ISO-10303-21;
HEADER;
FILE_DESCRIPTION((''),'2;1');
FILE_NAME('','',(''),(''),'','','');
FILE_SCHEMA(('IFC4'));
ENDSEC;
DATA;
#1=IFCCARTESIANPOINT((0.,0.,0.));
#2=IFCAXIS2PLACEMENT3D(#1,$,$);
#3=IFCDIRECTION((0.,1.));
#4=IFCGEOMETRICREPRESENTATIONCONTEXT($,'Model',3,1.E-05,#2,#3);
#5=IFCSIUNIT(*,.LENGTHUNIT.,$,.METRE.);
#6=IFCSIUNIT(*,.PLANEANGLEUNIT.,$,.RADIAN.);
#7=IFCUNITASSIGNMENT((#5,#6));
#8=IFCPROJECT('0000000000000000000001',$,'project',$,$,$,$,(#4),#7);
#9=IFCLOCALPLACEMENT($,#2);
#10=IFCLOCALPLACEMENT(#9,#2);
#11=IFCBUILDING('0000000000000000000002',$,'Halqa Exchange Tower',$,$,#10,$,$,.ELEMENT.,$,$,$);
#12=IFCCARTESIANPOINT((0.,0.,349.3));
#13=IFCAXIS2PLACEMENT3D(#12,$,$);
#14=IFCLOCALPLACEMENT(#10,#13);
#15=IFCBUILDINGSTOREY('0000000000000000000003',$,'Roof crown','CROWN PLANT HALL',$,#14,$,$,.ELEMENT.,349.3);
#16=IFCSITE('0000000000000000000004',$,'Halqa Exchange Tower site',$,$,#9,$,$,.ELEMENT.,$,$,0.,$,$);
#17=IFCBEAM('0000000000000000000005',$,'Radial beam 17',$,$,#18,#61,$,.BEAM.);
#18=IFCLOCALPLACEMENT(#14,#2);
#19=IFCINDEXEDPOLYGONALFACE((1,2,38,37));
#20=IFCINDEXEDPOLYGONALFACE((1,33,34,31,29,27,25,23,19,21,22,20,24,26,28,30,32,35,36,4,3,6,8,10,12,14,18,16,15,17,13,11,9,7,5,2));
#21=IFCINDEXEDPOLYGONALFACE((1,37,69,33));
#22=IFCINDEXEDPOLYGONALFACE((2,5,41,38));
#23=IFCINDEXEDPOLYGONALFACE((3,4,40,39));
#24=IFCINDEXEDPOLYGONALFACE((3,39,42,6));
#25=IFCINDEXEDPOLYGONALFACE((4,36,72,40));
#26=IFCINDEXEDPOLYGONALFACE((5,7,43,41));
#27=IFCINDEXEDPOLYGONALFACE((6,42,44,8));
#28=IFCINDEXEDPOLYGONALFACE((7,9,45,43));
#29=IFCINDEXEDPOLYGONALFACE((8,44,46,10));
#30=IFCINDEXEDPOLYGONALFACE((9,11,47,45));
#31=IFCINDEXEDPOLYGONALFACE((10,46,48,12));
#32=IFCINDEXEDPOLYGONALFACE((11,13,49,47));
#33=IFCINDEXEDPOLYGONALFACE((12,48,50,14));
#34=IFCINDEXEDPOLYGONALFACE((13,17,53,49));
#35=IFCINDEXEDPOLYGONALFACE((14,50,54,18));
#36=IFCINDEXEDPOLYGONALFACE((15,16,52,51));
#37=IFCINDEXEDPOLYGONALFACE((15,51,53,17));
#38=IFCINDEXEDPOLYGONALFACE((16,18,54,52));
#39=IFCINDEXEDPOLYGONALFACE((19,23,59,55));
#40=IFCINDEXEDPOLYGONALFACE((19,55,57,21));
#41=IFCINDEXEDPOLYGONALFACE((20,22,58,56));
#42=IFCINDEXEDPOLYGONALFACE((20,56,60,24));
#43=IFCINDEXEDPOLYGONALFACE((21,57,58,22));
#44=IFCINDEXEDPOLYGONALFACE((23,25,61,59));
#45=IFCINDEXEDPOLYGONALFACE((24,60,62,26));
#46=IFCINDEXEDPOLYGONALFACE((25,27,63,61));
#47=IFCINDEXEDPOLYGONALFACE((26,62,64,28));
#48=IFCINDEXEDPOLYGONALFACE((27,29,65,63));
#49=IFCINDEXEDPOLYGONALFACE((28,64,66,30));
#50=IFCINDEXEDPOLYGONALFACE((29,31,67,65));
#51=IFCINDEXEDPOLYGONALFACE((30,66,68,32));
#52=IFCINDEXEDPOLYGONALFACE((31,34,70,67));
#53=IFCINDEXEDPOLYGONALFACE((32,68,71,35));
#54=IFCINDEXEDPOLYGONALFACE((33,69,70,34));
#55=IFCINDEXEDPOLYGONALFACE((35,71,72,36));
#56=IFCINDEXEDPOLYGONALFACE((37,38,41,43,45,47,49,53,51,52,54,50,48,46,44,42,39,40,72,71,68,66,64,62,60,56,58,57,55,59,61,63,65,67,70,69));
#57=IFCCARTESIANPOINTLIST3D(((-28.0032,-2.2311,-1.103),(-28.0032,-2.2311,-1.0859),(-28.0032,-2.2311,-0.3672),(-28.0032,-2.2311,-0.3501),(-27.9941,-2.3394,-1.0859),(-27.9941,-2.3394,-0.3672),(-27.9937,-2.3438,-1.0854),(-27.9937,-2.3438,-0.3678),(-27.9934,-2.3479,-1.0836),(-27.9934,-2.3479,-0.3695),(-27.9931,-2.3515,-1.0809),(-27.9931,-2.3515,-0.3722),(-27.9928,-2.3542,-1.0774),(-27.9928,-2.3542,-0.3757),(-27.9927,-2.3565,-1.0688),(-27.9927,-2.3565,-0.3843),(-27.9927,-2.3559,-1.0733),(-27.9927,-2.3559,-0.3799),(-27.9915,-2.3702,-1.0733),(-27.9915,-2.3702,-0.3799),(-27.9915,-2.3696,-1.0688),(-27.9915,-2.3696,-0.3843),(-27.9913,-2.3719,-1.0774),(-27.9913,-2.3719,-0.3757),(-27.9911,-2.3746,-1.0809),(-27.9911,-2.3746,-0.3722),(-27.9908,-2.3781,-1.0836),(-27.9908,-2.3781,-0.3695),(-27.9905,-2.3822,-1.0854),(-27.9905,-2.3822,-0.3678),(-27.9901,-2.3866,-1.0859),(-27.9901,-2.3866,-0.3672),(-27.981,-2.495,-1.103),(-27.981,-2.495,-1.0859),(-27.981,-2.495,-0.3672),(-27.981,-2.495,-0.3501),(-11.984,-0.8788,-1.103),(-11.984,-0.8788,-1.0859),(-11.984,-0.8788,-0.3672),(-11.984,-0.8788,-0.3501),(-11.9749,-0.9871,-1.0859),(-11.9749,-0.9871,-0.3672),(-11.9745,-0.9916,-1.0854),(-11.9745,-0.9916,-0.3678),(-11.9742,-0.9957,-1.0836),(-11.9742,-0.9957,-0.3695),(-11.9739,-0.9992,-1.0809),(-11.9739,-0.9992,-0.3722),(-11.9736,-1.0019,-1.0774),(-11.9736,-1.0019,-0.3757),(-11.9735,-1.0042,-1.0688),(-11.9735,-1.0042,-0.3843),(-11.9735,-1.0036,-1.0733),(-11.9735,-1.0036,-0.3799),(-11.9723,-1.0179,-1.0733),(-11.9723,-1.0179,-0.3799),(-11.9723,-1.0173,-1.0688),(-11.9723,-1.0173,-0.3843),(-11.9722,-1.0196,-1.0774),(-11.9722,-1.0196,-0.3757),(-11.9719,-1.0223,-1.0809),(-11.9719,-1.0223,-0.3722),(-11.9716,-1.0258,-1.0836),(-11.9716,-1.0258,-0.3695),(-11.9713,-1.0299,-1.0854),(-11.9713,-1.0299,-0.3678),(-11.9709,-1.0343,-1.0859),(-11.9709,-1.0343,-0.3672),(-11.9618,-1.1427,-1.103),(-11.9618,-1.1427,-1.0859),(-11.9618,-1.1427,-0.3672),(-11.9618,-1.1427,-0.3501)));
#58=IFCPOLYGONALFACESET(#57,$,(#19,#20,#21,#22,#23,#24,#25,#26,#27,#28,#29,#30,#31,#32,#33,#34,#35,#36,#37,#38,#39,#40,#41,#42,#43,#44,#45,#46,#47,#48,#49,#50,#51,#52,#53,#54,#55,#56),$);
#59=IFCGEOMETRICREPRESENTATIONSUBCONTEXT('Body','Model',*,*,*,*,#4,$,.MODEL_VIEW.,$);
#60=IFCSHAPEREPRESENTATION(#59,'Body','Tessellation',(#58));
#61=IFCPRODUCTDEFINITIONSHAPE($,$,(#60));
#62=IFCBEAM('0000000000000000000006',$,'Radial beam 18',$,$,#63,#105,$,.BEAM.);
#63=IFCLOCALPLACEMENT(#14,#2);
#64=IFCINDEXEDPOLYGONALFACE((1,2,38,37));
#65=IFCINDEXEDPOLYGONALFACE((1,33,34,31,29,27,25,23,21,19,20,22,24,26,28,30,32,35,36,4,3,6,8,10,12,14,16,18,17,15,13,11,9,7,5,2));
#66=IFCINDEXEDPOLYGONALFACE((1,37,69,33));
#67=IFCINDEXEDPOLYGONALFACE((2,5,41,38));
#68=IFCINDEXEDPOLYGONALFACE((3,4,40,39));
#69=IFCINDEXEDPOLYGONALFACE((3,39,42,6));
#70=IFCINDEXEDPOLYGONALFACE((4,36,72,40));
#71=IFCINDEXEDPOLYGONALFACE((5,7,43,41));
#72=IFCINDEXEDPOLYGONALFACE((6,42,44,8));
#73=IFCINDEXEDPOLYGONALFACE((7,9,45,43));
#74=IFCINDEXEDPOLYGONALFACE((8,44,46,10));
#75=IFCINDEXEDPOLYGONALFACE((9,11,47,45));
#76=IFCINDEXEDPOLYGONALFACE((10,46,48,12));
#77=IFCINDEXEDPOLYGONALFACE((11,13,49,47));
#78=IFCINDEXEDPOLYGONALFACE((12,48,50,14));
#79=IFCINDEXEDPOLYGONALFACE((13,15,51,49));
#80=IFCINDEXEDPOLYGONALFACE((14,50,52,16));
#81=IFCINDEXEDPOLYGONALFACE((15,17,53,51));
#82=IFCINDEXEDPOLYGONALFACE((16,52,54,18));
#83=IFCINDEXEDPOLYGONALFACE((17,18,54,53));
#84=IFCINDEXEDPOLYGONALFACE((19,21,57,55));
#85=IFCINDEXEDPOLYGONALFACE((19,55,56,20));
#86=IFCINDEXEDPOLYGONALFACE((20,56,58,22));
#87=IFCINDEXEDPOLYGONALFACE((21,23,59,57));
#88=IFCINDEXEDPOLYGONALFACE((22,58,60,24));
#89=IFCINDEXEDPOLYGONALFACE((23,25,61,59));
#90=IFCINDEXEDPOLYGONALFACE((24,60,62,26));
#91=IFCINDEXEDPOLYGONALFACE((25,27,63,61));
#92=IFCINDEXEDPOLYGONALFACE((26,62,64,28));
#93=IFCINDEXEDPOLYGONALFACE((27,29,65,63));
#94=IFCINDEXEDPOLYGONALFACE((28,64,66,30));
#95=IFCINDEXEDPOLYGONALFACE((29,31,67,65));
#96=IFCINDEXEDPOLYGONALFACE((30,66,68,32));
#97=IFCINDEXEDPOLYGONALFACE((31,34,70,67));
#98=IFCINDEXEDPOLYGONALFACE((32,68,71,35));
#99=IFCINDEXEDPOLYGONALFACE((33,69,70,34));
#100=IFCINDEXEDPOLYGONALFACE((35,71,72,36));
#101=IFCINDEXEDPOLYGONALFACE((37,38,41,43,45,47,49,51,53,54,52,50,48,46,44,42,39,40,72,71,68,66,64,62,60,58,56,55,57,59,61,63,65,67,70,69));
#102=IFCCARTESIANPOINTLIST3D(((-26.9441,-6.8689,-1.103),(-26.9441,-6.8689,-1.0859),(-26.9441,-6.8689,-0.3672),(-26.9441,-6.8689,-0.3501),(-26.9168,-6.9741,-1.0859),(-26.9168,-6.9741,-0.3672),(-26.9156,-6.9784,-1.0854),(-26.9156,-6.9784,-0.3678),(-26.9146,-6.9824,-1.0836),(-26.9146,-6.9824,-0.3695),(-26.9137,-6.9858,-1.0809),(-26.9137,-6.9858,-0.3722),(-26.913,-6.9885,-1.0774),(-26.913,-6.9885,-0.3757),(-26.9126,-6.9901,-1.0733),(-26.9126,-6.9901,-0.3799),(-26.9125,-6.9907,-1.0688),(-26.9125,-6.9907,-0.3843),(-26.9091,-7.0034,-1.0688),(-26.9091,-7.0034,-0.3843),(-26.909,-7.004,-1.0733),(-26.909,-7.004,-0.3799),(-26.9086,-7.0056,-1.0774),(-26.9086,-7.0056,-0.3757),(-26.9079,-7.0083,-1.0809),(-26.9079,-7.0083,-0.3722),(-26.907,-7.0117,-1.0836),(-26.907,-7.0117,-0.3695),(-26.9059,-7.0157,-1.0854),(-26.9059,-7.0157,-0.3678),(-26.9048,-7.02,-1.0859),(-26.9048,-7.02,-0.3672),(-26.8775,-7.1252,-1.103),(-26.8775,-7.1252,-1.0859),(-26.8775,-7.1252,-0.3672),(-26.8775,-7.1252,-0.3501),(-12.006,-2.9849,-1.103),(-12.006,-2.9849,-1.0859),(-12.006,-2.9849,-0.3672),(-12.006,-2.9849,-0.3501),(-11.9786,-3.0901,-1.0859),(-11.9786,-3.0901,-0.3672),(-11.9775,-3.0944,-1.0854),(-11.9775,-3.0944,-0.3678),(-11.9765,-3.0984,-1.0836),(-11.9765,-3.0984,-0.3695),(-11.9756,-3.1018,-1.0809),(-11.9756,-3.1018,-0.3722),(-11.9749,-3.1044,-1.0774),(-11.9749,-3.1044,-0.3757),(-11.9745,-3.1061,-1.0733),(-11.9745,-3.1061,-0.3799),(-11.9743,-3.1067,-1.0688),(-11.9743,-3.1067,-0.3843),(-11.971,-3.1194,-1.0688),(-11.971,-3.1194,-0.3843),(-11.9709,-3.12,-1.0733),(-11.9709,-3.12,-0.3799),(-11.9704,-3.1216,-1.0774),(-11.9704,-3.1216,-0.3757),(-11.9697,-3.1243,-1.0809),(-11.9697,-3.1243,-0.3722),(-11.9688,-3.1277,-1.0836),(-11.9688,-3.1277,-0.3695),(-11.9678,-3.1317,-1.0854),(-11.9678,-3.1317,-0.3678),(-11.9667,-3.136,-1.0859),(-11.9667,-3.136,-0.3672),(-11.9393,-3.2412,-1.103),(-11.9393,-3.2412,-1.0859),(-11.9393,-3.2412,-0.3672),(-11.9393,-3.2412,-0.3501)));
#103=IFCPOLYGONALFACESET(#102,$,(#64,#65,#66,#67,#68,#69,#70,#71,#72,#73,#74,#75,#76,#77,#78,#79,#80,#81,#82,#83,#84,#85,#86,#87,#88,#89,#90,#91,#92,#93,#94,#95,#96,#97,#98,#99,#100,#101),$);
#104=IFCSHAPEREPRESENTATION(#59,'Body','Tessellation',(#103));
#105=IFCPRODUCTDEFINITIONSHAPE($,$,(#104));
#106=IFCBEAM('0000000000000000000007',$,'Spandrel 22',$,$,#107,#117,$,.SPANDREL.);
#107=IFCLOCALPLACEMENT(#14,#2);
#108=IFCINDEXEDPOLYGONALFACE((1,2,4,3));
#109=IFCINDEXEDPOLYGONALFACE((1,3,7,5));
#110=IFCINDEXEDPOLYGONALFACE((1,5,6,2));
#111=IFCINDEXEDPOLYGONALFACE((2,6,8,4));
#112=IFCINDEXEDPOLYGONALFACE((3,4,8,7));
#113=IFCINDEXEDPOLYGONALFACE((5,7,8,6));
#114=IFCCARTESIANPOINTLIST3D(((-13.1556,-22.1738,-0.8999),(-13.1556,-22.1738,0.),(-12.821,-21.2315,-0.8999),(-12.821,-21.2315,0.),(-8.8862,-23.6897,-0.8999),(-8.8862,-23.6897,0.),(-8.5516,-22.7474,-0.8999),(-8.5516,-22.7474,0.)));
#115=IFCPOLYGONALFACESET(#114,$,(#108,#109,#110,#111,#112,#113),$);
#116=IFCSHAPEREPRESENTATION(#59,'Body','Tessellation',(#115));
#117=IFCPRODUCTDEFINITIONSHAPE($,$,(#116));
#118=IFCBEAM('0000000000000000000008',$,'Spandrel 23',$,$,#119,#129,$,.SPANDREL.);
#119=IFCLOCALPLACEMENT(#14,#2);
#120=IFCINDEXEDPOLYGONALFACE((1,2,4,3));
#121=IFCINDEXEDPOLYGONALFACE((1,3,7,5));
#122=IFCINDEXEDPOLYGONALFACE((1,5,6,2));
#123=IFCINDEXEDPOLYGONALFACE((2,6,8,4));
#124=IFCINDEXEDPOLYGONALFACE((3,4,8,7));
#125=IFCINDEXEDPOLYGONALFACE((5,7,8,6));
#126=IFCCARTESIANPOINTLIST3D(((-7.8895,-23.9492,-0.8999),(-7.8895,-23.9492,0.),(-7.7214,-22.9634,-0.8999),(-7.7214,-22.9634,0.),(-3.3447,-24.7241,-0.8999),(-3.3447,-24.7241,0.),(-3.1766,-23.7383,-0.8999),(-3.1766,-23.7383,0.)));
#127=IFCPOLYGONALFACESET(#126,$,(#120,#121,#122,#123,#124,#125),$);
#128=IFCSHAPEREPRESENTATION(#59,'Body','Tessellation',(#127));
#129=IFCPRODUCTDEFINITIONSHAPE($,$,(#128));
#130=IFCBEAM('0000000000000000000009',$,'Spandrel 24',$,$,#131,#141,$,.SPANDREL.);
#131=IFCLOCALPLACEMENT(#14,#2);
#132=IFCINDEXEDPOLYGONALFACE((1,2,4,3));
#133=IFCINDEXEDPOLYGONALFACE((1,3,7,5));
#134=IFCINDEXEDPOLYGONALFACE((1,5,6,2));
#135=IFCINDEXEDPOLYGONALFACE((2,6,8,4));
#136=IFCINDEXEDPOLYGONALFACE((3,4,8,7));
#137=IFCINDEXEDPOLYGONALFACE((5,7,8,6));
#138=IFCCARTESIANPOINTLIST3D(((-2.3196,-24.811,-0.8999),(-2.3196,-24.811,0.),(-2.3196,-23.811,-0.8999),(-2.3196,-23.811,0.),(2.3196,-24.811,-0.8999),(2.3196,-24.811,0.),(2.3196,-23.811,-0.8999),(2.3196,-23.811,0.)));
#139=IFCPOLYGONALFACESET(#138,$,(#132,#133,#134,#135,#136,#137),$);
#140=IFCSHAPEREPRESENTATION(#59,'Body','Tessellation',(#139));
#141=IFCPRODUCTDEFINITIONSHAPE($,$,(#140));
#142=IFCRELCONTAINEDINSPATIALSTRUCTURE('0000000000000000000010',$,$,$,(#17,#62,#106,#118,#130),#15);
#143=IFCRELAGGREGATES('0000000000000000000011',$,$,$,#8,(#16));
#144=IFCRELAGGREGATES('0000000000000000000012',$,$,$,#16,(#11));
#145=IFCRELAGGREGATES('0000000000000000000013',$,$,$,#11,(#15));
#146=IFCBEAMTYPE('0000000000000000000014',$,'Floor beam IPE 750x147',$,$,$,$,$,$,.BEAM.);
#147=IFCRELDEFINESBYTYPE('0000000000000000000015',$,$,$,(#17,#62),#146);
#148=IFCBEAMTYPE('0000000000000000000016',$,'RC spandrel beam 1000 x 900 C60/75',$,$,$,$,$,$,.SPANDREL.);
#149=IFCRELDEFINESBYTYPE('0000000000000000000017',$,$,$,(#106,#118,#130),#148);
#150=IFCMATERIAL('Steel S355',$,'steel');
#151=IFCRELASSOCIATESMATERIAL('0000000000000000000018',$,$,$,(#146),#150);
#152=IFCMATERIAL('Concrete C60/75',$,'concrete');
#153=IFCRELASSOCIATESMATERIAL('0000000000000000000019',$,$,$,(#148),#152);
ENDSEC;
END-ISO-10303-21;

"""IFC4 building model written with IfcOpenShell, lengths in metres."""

from ifc_helpers import new_model, si_unit, direction, frame, origin, origin_2d, place, context, subcontext, project, spatial, rectangle, i_section, extrude, material, material_profile, profile_set, type_object, element, save


model = new_model("IFC4")

# Units and contexts
model_context = context("Model", 3, precision=1e-05, world=origin(), true_north=direction((0.0, 1.0)))
body_context = subcontext(model_context, "Body", "Model", "MODEL_VIEW")
ifc_project = project(units=[si_unit("LENGTHUNIT", "METRE"), si_unit("PLANEANGLEUNIT", "RADIAN")], contexts=[model_context])

# Site, building, storey
site_placement = place(None, origin())
site = spatial("IfcSite", under=ifc_project, at=site_placement, Name="Halqa Exchange Tower site", CompositionType="ELEMENT", RefElevation=0.0)
building_placement = place(site_placement, origin())
building = spatial("IfcBuilding", under=site, at=building_placement, Name="Halqa Exchange Tower", CompositionType="ELEMENT")
storey_placement = place(building_placement, frame((0.0, 0.0, 349.3)))
storey = spatial("IfcBuildingStorey", under=building, at=storey_placement, Name="Roof crown", Description="CROWN PLANT HALL", CompositionType="ELEMENT", Elevation=349.3)

# Shared definitions
ifc_material_1 = material(Name="Steel S355", Category="steel")

# Beams
ifc_material_profile_1 = material_profile(ifc_material_1, i_section(OverallWidth=0.2649, OverallDepth=0.7529, WebThickness=0.0132, FlangeThickness=0.0171, FilletRadius=0.0171, at=origin_2d()), Name="IPE 750x147")
ifc_profile_set_1 = profile_set([ifc_material_profile_1], Name="Steel S355")
beam_type_1 = type_object("IfcBeamType", Name="Floor beam IPE 750x147", PredefinedType="BEAM", material=ifc_profile_set_1)
beam_1_placement = place(storey_placement, frame((-11.9729, -1.0107, -0.7266), z_axis=(-0.996456, -0.084117, 0.0), x_axis=(0.084117, -0.996456, 0.0)))
element("IfcBeam", 1, at=beam_1_placement, inside=storey, type_object=beam_type_1, Name="Radial beam 17", PredefinedType="BEAM", context=body_context, shape_type="SweptSolid", body=[
    extrude(i_section(OverallWidth=0.2649, OverallDepth=0.7529, WebThickness=0.0132, FlangeThickness=0.0171, FilletRadius=0.0171, at=origin_2d()), origin(), (0.0, 0.0, 1.0), 16.0762),
])
beam_2_placement = place(storey_placement, frame((-11.9727, -3.113, -0.7266), z_axis=(-0.967821, -0.251639, 0.0), x_axis=(0.251639, -0.967821, 0.0)))
element("IfcBeam", 2, at=beam_2_placement, inside=storey, type_object=beam_type_1, Name="Radial beam 18", PredefinedType="BEAM", context=body_context, shape_type="SweptSolid", body=[
    extrude(i_section(OverallWidth=0.2649, OverallDepth=0.7529, WebThickness=0.0132, FlangeThickness=0.0171, FilletRadius=0.0171, at=origin_2d()), origin(), (0.0, 0.0, 1.0), 15.4348),
])
ifc_material_2 = material(Name="Concrete C60/75", Category="concrete")
ifc_material_profile_2 = material_profile(ifc_material_2, rectangle(XDim=1.0, YDim=0.8999, at=origin_2d()), Name="1000 x 900")
ifc_profile_set_2 = profile_set([ifc_material_profile_2], Name="Concrete C60/75")
beam_type_2 = type_object("IfcBeamType", Name="RC spandrel beam 1000 x 900 C60/75", PredefinedType="SPANDREL", material=ifc_profile_set_2)
beam_3_placement = place(storey_placement, frame((-12.9883, -21.7026, -0.45), z_axis=(0.942361, -0.334598, 0.0), x_axis=(0.334598, 0.942361, 0.0)))
element("IfcBeam", 3, at=beam_3_placement, inside=storey, type_object=beam_type_2, Name="Spandrel 22", PredefinedType="SPANDREL", context=body_context, shape_type="SweptSolid", body=[
    extrude(rectangle(XDim=1.0, YDim=0.8999, at=origin_2d()), origin(), (0.0, 0.0, 1.0), 4.5305),
])
beam_4_placement = place(storey_placement, frame((-7.8054, -23.4563, -0.45), z_axis=(0.985773, -0.168082, 0.0), x_axis=(0.168082, 0.985773, 0.0)))
element("IfcBeam", 4, at=beam_4_placement, inside=storey, type_object=beam_type_2, Name="Spandrel 23", PredefinedType="SPANDREL", context=body_context, shape_type="SweptSolid", body=[
    extrude(rectangle(XDim=1.0, YDim=0.8999, at=origin_2d()), origin(), (0.0, 0.0, 1.0), 4.6104),
])
beam_5_placement = place(storey_placement, frame((-2.3196, -24.311, -0.45), z_axis=(1.0, 0.0, 0.0), x_axis=(0.0, 1.0, 0.0)))
element("IfcBeam", 5, at=beam_5_placement, inside=storey, type_object=beam_type_2, Name="Spandrel 24", PredefinedType="SPANDREL", context=body_context, shape_type="SweptSolid", body=[
    extrude(rectangle(XDim=1.0, YDim=0.8999, at=origin_2d()), origin(), (0.0, 0.0, 1.0), 4.6392),
])

save(model, "model.ifc")
